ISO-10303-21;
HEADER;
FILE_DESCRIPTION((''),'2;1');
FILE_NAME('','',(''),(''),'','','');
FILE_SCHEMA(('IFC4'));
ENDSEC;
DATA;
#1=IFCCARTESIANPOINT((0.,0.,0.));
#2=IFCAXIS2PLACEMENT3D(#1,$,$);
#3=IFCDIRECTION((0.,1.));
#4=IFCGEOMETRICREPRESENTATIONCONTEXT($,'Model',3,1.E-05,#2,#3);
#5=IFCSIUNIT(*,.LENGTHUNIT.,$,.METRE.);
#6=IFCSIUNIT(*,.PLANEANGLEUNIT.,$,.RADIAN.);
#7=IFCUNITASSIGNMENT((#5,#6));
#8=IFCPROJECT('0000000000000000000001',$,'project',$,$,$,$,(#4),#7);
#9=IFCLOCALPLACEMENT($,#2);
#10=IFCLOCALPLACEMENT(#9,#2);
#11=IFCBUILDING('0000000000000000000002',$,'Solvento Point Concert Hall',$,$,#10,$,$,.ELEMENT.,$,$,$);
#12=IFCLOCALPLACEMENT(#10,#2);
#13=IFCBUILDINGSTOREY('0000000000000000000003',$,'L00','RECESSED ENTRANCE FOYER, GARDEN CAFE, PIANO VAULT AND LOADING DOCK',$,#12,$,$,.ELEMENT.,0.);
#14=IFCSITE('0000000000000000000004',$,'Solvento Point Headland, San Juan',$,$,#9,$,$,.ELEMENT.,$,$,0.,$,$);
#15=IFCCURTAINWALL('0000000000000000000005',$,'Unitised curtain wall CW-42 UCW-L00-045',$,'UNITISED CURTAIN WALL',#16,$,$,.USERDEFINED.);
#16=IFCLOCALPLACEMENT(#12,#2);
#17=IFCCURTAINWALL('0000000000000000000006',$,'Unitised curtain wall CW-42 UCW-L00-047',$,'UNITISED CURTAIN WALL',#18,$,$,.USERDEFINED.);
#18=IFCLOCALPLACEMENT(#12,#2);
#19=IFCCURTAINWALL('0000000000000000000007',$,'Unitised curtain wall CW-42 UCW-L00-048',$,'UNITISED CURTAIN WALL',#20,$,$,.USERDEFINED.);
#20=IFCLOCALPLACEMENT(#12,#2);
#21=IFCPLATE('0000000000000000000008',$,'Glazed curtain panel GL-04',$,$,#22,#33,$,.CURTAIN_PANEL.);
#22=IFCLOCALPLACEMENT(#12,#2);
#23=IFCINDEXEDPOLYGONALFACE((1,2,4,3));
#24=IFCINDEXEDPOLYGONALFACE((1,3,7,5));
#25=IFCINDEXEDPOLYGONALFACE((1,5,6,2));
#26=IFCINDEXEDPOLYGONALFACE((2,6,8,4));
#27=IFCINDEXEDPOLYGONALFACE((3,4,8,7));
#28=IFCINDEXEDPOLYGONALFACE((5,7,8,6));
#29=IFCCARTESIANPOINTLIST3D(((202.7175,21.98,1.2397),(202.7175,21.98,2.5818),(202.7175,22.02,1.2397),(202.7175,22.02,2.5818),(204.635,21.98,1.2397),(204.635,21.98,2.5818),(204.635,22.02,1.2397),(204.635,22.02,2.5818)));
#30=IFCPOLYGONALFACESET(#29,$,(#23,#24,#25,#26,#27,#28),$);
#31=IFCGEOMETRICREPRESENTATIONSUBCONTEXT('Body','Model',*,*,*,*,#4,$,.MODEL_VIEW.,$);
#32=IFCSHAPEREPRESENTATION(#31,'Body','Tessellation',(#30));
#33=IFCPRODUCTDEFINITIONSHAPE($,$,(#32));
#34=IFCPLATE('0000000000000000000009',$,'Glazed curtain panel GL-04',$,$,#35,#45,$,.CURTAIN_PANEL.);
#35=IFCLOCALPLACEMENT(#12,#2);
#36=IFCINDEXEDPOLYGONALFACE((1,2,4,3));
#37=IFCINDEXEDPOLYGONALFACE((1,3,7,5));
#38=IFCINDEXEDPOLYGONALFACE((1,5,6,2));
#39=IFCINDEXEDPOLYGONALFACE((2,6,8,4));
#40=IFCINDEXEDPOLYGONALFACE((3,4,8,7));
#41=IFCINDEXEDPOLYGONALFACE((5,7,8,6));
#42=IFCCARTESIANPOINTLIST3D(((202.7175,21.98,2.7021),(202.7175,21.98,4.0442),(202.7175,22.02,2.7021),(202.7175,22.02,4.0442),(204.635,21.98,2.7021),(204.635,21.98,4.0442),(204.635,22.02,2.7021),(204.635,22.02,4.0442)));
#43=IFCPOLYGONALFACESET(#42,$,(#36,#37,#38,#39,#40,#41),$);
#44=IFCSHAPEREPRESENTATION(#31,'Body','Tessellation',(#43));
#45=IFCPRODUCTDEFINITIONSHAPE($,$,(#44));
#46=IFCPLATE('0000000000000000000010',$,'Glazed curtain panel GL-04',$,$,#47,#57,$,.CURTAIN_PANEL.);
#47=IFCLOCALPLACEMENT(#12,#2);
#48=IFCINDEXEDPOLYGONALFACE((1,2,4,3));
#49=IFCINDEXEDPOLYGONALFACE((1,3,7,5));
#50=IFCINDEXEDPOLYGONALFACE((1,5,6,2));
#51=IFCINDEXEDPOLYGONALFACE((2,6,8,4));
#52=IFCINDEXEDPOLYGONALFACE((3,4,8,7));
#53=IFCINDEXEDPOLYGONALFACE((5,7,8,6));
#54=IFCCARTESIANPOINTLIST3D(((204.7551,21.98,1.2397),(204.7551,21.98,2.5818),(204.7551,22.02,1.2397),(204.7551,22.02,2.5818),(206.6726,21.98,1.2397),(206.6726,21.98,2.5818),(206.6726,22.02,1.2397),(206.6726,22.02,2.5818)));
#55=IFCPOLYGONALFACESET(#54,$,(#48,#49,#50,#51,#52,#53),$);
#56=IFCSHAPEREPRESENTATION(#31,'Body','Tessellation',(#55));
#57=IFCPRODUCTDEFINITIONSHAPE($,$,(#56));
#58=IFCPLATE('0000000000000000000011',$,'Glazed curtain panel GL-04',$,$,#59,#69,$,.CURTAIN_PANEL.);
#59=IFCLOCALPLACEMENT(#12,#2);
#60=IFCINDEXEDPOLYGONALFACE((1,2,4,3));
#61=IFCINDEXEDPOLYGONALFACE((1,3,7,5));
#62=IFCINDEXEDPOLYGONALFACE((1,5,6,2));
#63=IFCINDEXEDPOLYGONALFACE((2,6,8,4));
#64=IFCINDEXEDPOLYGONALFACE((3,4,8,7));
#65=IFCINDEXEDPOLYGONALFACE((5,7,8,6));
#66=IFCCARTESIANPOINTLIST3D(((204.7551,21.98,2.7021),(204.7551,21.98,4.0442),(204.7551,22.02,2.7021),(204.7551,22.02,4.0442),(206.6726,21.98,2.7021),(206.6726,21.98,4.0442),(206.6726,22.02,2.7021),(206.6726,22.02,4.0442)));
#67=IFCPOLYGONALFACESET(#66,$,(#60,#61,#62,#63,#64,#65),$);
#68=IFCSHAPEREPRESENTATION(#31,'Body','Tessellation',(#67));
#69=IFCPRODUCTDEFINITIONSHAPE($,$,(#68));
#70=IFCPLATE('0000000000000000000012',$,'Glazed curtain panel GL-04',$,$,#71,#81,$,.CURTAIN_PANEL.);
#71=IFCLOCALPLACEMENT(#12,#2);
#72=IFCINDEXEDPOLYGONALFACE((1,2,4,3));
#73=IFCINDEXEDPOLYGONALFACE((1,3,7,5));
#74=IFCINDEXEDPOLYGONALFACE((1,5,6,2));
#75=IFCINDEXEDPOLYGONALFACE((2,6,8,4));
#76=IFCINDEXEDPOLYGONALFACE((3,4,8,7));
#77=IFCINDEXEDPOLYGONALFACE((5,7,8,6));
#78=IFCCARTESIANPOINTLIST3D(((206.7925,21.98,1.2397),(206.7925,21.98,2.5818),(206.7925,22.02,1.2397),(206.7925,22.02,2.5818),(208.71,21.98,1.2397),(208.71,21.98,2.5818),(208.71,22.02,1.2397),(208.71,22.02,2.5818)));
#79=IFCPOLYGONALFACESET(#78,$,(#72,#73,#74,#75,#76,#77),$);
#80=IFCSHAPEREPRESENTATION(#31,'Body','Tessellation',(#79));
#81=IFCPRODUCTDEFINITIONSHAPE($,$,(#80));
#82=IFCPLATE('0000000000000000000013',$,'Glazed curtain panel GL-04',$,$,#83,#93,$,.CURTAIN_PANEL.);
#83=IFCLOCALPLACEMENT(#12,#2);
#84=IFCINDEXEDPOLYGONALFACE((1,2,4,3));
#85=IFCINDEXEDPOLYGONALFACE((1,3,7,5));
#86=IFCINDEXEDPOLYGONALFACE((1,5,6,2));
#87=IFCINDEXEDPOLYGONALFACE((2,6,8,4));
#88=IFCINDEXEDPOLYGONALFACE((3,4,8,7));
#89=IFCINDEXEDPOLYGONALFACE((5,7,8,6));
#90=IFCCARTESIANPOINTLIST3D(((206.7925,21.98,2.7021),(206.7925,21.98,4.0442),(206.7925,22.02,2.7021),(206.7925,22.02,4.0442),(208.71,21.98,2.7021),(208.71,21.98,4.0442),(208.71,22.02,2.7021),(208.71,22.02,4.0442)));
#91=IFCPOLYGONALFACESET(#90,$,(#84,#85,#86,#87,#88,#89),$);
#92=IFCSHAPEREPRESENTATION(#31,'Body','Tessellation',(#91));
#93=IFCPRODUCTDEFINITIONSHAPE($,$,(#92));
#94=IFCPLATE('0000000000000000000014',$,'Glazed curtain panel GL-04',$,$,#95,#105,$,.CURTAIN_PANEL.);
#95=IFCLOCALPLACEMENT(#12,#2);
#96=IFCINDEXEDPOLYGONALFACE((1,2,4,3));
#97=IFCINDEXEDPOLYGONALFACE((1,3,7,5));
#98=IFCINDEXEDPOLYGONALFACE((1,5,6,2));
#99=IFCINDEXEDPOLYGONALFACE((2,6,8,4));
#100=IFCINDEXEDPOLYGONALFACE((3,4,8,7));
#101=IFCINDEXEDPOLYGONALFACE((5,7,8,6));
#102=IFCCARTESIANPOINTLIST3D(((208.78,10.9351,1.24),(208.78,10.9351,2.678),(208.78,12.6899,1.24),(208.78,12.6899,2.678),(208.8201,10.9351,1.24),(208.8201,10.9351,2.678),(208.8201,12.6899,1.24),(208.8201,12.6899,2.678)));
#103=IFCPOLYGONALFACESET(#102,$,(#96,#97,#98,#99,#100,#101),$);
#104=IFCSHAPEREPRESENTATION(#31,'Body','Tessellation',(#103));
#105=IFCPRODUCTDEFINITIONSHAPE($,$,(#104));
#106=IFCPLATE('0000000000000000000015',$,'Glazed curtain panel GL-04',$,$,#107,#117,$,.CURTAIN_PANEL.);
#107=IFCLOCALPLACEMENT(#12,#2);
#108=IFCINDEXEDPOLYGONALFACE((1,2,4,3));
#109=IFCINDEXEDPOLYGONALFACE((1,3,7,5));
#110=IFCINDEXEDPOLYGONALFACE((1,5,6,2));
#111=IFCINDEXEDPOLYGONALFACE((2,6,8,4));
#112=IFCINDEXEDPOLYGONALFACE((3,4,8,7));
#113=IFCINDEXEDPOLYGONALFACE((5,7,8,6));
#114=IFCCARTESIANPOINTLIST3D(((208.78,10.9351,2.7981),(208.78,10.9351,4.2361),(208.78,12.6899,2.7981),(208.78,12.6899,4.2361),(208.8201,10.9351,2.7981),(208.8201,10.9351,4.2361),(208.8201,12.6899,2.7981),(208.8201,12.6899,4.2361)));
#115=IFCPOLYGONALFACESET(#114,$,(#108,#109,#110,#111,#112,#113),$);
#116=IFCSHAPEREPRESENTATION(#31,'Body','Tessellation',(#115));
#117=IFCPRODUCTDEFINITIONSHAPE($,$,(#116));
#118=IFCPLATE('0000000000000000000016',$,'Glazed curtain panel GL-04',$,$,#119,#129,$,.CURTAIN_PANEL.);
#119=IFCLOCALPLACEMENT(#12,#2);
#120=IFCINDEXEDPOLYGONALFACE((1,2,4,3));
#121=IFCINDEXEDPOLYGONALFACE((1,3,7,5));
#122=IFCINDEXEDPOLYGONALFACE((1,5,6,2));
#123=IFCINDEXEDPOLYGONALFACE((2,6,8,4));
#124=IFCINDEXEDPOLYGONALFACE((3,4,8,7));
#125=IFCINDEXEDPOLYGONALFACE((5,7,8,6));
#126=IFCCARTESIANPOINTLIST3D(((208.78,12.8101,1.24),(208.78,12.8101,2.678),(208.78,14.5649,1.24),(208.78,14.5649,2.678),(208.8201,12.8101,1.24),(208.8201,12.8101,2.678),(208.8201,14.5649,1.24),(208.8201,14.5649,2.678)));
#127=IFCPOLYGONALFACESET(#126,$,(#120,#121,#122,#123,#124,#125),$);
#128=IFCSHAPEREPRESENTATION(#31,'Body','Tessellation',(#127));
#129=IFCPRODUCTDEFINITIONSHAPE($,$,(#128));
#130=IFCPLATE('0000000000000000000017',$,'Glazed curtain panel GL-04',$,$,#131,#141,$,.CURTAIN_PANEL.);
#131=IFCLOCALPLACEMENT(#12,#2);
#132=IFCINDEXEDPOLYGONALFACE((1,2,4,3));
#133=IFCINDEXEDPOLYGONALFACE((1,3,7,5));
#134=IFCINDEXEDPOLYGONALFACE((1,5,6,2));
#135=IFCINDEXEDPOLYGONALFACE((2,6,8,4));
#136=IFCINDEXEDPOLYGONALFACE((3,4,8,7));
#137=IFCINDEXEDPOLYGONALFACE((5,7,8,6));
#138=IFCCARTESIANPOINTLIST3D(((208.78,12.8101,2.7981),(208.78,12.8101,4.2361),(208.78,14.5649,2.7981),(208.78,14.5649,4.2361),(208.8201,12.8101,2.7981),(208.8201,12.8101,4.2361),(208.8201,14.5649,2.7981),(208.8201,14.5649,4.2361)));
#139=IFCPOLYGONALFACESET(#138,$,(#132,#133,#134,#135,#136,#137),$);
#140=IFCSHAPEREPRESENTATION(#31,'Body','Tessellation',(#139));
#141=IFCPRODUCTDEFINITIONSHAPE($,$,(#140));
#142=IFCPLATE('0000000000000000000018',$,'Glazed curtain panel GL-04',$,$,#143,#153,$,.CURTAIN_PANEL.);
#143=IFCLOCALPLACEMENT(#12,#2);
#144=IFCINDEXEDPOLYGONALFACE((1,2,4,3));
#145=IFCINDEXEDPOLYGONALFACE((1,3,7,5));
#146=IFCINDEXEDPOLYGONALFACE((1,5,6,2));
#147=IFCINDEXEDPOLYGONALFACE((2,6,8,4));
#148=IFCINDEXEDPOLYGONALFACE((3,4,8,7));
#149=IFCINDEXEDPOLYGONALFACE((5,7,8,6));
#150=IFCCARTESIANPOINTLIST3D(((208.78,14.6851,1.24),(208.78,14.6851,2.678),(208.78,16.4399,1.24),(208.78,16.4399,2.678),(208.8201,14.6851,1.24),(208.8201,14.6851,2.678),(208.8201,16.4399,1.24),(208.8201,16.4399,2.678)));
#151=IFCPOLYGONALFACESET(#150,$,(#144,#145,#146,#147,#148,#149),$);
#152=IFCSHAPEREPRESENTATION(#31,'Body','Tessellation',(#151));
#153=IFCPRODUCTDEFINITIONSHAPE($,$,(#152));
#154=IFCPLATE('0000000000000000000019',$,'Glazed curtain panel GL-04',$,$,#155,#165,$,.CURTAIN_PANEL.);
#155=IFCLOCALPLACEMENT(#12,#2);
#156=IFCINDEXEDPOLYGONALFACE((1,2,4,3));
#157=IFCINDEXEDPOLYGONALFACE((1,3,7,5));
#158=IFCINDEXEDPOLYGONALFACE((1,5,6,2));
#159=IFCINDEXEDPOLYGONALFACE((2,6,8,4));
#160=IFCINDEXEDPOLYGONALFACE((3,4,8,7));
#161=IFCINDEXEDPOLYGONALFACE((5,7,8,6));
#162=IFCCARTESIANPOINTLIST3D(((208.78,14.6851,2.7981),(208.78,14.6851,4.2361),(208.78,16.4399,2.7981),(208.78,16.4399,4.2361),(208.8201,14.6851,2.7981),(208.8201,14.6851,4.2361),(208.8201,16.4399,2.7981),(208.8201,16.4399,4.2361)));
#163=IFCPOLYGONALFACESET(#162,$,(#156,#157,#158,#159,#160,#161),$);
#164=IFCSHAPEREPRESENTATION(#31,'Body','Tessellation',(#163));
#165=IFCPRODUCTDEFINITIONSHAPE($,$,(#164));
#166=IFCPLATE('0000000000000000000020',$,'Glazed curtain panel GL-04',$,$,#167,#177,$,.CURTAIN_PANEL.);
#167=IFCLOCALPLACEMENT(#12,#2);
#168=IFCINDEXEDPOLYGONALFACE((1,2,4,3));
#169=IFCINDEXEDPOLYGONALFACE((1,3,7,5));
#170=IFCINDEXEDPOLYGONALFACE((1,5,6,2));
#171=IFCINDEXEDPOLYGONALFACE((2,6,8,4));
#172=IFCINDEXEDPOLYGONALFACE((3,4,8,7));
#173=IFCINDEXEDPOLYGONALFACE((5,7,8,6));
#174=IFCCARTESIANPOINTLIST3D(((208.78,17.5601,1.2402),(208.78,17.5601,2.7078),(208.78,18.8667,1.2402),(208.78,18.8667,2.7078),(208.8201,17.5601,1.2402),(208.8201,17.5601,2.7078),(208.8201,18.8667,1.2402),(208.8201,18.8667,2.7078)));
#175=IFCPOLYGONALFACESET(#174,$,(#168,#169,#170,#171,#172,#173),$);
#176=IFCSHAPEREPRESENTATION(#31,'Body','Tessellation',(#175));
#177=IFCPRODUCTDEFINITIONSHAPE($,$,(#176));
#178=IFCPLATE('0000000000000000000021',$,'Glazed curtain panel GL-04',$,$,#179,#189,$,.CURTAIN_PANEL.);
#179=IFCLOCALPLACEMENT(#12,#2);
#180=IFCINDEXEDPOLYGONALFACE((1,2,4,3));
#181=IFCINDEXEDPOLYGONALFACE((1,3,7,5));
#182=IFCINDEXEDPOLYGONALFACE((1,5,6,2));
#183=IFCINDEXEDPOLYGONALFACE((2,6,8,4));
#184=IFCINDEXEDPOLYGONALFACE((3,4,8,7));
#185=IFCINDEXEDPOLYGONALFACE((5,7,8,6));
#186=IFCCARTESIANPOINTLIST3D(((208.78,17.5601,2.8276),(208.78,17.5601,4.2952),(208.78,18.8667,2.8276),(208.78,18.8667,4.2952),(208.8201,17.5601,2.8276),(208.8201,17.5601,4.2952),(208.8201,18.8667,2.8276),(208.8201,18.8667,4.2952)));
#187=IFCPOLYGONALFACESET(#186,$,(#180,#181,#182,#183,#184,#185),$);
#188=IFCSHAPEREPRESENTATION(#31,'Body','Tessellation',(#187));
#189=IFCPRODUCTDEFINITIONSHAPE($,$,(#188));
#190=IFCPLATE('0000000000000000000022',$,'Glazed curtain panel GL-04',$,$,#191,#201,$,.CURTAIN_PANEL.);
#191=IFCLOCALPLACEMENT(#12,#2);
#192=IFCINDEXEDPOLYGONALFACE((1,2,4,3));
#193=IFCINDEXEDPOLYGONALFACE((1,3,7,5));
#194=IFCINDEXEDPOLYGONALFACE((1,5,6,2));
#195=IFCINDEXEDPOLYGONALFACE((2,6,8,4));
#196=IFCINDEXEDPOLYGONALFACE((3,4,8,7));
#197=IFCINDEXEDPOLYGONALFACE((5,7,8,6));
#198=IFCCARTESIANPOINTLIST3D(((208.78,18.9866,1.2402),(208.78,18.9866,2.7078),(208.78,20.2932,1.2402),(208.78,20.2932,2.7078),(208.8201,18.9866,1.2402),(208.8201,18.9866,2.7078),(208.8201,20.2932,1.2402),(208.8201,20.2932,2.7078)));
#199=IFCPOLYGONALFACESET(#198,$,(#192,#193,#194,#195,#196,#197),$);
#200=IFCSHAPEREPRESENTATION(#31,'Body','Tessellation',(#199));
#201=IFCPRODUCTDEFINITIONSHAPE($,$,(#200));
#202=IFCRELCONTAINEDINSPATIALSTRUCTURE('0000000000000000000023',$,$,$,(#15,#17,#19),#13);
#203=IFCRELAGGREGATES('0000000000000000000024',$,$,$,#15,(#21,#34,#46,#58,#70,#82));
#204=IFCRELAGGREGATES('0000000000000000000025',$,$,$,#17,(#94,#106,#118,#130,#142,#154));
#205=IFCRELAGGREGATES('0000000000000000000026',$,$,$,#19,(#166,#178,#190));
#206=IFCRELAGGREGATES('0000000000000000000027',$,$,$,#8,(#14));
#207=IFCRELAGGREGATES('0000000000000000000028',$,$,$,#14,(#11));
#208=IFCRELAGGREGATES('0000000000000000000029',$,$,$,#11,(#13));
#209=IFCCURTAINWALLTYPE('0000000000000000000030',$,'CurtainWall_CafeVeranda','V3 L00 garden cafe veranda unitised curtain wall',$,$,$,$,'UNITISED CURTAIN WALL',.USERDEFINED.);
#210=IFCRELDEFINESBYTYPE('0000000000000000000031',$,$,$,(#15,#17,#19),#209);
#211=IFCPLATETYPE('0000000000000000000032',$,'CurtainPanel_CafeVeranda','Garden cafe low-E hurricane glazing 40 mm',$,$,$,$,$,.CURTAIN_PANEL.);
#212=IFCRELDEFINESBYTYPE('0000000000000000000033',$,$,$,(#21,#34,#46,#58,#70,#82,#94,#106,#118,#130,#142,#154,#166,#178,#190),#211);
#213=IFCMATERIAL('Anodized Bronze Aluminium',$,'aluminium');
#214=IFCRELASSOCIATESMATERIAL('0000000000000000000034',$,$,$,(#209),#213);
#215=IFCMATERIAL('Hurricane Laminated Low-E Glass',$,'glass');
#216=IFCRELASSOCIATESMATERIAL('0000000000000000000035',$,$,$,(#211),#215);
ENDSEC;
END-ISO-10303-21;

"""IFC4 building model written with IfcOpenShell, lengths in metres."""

from ifc_helpers import new_model, si_unit, direction, frame, origin, origin_2d, place, context, subcontext, project, spatial, rectangle, extrude, material, type_object, element, aggregate, save


model = new_model("IFC4")

# Units and contexts
model_context = context("Model", 3, precision=1e-05, world=origin(), true_north=direction((0.0, 1.0)))
body_context = subcontext(model_context, "Body", "Model", "MODEL_VIEW")
ifc_project = project(units=[si_unit("LENGTHUNIT", "METRE"), si_unit("PLANEANGLEUNIT", "RADIAN")], contexts=[model_context])

# Site, building, storey
site_placement = place(None, origin())
site = spatial("IfcSite", under=ifc_project, at=site_placement, Name="Solvento Point Headland, San Juan", CompositionType="ELEMENT", RefElevation=0.0)
building_placement = place(site_placement, origin())
building = spatial("IfcBuilding", under=site, at=building_placement, Name="Solvento Point Concert Hall", CompositionType="ELEMENT")
storey_placement = place(building_placement, origin())
storey = spatial("IfcBuildingStorey", under=building, at=storey_placement, Name="L00", Description="RECESSED ENTRANCE FOYER, GARDEN CAFE, PIANO VAULT AND LOADING DOCK", CompositionType="ELEMENT", Elevation=0.0)

# Curtain walls
ifc_material_1 = material(Name="Anodized Bronze Aluminium", Category="aluminium")
curtain_wall_type = type_object("IfcCurtainWallType", Name="CurtainWall_CafeVeranda", Description="V3 L00 garden cafe veranda unitised curtain wall", ElementType="UNITISED CURTAIN WALL", PredefinedType="USERDEFINED", material=ifc_material_1)
curtain_wall_1_placement = place(storey_placement, origin())
curtain_wall_1 = element("IfcCurtainWall", 1, at=curtain_wall_1_placement, inside=storey, type_object=curtain_wall_type, Name="Unitised curtain wall CW-42 UCW-L00-045", ObjectType="UNITISED CURTAIN WALL", PredefinedType="USERDEFINED")
curtain_wall_2_placement = place(storey_placement, origin())
curtain_wall_2 = element("IfcCurtainWall", 2, at=curtain_wall_2_placement, inside=storey, type_object=curtain_wall_type, Name="Unitised curtain wall CW-42 UCW-L00-047", ObjectType="UNITISED CURTAIN WALL", PredefinedType="USERDEFINED")
curtain_wall_3_placement = place(storey_placement, origin())
curtain_wall_3 = element("IfcCurtainWall", 3, at=curtain_wall_3_placement, inside=storey, type_object=curtain_wall_type, Name="Unitised curtain wall CW-42 UCW-L00-048", ObjectType="UNITISED CURTAIN WALL", PredefinedType="USERDEFINED")

# Plates
ifc_material_2 = material(Name="Hurricane Laminated Low-E Glass", Category="glass")
plate_type = type_object("IfcPlateType", Name="CurtainPanel_CafeVeranda", Description="Garden cafe low-E hurricane glazing 40 mm", PredefinedType="CURTAIN_PANEL", material=ifc_material_2)
plate_1_placement = place(storey_placement, frame((203.6763, 22.0, 1.2397), z_axis=(0.0, 0.0, 1.0), x_axis=(1.0, 0.0, 0.0)))
plate_1 = element("IfcPlate", 4, at=plate_1_placement, type_object=plate_type, Name="Glazed curtain panel GL-04", PredefinedType="CURTAIN_PANEL", context=body_context, shape_type="SweptSolid", body=[
    extrude(rectangle(XDim=1.9175, YDim=0.04, at=origin_2d()), origin(), (0.0, 0.0, 1.0), 1.342),
])
plate_2_placement = place(storey_placement, frame((203.6763, 22.0, 2.7021), z_axis=(0.0, 0.0, 1.0), x_axis=(1.0, 0.0, 0.0)))
plate_2 = element("IfcPlate", 5, at=plate_2_placement, type_object=plate_type, Name="Glazed curtain panel GL-04", PredefinedType="CURTAIN_PANEL", context=body_context, shape_type="SweptSolid", body=[
    extrude(rectangle(XDim=1.9175, YDim=0.04, at=origin_2d()), origin(), (0.0, 0.0, 1.0), 1.342),
])
plate_3_placement = place(storey_placement, frame((205.7139, 22.0, 1.2397), z_axis=(0.0, 0.0, 1.0), x_axis=(1.0, 0.0, 0.0)))
plate_3 = element("IfcPlate", 6, at=plate_3_placement, type_object=plate_type, Name="Glazed curtain panel GL-04", PredefinedType="CURTAIN_PANEL", context=body_context, shape_type="SweptSolid", body=[
    extrude(rectangle(XDim=1.9175, YDim=0.04, at=origin_2d()), origin(), (0.0, 0.0, 1.0), 1.342),
])
plate_4_placement = place(storey_placement, frame((205.7139, 22.0, 2.7021), z_axis=(0.0, 0.0, 1.0), x_axis=(1.0, 0.0, 0.0)))
plate_4 = element("IfcPlate", 7, at=plate_4_placement, type_object=plate_type, Name="Glazed curtain panel GL-04", PredefinedType="CURTAIN_PANEL", context=body_context, shape_type="SweptSolid", body=[
    extrude(rectangle(XDim=1.9175, YDim=0.04, at=origin_2d()), origin(), (0.0, 0.0, 1.0), 1.342),
])
plate_5_placement = place(storey_placement, frame((207.7512, 22.0, 1.2397), z_axis=(0.0, 0.0, 1.0), x_axis=(1.0, 0.0, 0.0)))
plate_5 = element("IfcPlate", 8, at=plate_5_placement, type_object=plate_type, Name="Glazed curtain panel GL-04", PredefinedType="CURTAIN_PANEL", context=body_context, shape_type="SweptSolid", body=[
    extrude(rectangle(XDim=1.9175, YDim=0.04, at=origin_2d()), origin(), (0.0, 0.0, 1.0), 1.342),
])
plate_6_placement = place(storey_placement, frame((207.7512, 22.0, 2.7021), z_axis=(0.0, 0.0, 1.0), x_axis=(1.0, 0.0, 0.0)))
plate_6 = element("IfcPlate", 9, at=plate_6_placement, type_object=plate_type, Name="Glazed curtain panel GL-04", PredefinedType="CURTAIN_PANEL", context=body_context, shape_type="SweptSolid", body=[
    extrude(rectangle(XDim=1.9175, YDim=0.04, at=origin_2d()), origin(), (0.0, 0.0, 1.0), 1.342),
])
aggregate(curtain_wall_1, [plate_1, plate_2, plate_3, plate_4, plate_5, plate_6])
plate_7_placement = place(storey_placement, frame((208.8, 11.8125, 1.24), z_axis=(0.0, 0.0, 1.0), x_axis=(0.0, 1.0, 0.0)))
plate_7 = element("IfcPlate", 10, at=plate_7_placement, type_object=plate_type, Name="Glazed curtain panel GL-04", PredefinedType="CURTAIN_PANEL", context=body_context, shape_type="SweptSolid", body=[
    extrude(rectangle(XDim=1.7549, YDim=0.04, at=origin_2d()), origin(), (0.0, 0.0, 1.0), 1.438),
])
plate_8_placement = place(storey_placement, frame((208.8, 11.8125, 2.7981), z_axis=(0.0, 0.0, 1.0), x_axis=(0.0, 1.0, 0.0)))
plate_8 = element("IfcPlate", 11, at=plate_8_placement, type_object=plate_type, Name="Glazed curtain panel GL-04", PredefinedType="CURTAIN_PANEL", context=body_context, shape_type="SweptSolid", body=[
    extrude(rectangle(XDim=1.7549, YDim=0.04, at=origin_2d()), origin(), (0.0, 0.0, 1.0), 1.438),
])
plate_9_placement = place(storey_placement, frame((208.8, 13.6875, 1.24), z_axis=(0.0, 0.0, 1.0), x_axis=(0.0, 1.0, 0.0)))
plate_9 = element("IfcPlate", 12, at=plate_9_placement, type_object=plate_type, Name="Glazed curtain panel GL-04", PredefinedType="CURTAIN_PANEL", context=body_context, shape_type="SweptSolid", body=[
    extrude(rectangle(XDim=1.7549, YDim=0.04, at=origin_2d()), origin(), (0.0, 0.0, 1.0), 1.438),
])
plate_10_placement = place(storey_placement, frame((208.8, 13.6875, 2.7981), z_axis=(0.0, 0.0, 1.0), x_axis=(0.0, 1.0, 0.0)))
plate_10 = element("IfcPlate", 13, at=plate_10_placement, type_object=plate_type, Name="Glazed curtain panel GL-04", PredefinedType="CURTAIN_PANEL", context=body_context, shape_type="SweptSolid", body=[
    extrude(rectangle(XDim=1.7549, YDim=0.04, at=origin_2d()), origin(), (0.0, 0.0, 1.0), 1.438),
])
plate_11_placement = place(storey_placement, frame((208.8, 15.5625, 1.24), z_axis=(0.0, 0.0, 1.0), x_axis=(0.0, 1.0, 0.0)))
plate_11 = element("IfcPlate", 14, at=plate_11_placement, type_object=plate_type, Name="Glazed curtain panel GL-04", PredefinedType="CURTAIN_PANEL", context=body_context, shape_type="SweptSolid", body=[
    extrude(rectangle(XDim=1.7549, YDim=0.04, at=origin_2d()), origin(), (0.0, 0.0, 1.0), 1.438),
])
plate_12_placement = place(storey_placement, frame((208.8, 15.5625, 2.7981), z_axis=(0.0, 0.0, 1.0), x_axis=(0.0, 1.0, 0.0)))
plate_12 = element("IfcPlate", 15, at=plate_12_placement, type_object=plate_type, Name="Glazed curtain panel GL-04", PredefinedType="CURTAIN_PANEL", context=body_context, shape_type="SweptSolid", body=[
    extrude(rectangle(XDim=1.7549, YDim=0.04, at=origin_2d()), origin(), (0.0, 0.0, 1.0), 1.438),
])
aggregate(curtain_wall_2, [plate_7, plate_8, plate_9, plate_10, plate_11, plate_12])
plate_13_placement = place(storey_placement, frame((208.8, 18.2134, 1.2402), z_axis=(0.0, 0.0, 1.0), x_axis=(0.0, 1.0, 0.0)))
plate_13 = element("IfcPlate", 16, at=plate_13_placement, type_object=plate_type, Name="Glazed curtain panel GL-04", PredefinedType="CURTAIN_PANEL", context=body_context, shape_type="SweptSolid", body=[
    extrude(rectangle(XDim=1.3066, YDim=0.04, at=origin_2d()), origin(), (0.0, 0.0, 1.0), 1.4675),
])
plate_14_placement = place(storey_placement, frame((208.8, 18.2134, 2.8276), z_axis=(0.0, 0.0, 1.0), x_axis=(0.0, 1.0, 0.0)))
plate_14 = element("IfcPlate", 17, at=plate_14_placement, type_object=plate_type, Name="Glazed curtain panel GL-04", PredefinedType="CURTAIN_PANEL", context=body_context, shape_type="SweptSolid", body=[
    extrude(rectangle(XDim=1.3066, YDim=0.04, at=origin_2d()), origin(), (0.0, 0.0, 1.0), 1.4675),
])
plate_15_placement = place(storey_placement, frame((208.8, 19.6399, 1.2402), z_axis=(0.0, 0.0, 1.0), x_axis=(0.0, 1.0, 0.0)))
plate_15 = element("IfcPlate", 18, at=plate_15_placement, type_object=plate_type, Name="Glazed curtain panel GL-04", PredefinedType="CURTAIN_PANEL", context=body_context, shape_type="SweptSolid", body=[
    extrude(rectangle(XDim=1.3066, YDim=0.04, at=origin_2d()), origin(), (0.0, 0.0, 1.0), 1.4675),
])
aggregate(curtain_wall_3, [plate_13, plate_14, plate_15])

save(model, "model.ifc")
